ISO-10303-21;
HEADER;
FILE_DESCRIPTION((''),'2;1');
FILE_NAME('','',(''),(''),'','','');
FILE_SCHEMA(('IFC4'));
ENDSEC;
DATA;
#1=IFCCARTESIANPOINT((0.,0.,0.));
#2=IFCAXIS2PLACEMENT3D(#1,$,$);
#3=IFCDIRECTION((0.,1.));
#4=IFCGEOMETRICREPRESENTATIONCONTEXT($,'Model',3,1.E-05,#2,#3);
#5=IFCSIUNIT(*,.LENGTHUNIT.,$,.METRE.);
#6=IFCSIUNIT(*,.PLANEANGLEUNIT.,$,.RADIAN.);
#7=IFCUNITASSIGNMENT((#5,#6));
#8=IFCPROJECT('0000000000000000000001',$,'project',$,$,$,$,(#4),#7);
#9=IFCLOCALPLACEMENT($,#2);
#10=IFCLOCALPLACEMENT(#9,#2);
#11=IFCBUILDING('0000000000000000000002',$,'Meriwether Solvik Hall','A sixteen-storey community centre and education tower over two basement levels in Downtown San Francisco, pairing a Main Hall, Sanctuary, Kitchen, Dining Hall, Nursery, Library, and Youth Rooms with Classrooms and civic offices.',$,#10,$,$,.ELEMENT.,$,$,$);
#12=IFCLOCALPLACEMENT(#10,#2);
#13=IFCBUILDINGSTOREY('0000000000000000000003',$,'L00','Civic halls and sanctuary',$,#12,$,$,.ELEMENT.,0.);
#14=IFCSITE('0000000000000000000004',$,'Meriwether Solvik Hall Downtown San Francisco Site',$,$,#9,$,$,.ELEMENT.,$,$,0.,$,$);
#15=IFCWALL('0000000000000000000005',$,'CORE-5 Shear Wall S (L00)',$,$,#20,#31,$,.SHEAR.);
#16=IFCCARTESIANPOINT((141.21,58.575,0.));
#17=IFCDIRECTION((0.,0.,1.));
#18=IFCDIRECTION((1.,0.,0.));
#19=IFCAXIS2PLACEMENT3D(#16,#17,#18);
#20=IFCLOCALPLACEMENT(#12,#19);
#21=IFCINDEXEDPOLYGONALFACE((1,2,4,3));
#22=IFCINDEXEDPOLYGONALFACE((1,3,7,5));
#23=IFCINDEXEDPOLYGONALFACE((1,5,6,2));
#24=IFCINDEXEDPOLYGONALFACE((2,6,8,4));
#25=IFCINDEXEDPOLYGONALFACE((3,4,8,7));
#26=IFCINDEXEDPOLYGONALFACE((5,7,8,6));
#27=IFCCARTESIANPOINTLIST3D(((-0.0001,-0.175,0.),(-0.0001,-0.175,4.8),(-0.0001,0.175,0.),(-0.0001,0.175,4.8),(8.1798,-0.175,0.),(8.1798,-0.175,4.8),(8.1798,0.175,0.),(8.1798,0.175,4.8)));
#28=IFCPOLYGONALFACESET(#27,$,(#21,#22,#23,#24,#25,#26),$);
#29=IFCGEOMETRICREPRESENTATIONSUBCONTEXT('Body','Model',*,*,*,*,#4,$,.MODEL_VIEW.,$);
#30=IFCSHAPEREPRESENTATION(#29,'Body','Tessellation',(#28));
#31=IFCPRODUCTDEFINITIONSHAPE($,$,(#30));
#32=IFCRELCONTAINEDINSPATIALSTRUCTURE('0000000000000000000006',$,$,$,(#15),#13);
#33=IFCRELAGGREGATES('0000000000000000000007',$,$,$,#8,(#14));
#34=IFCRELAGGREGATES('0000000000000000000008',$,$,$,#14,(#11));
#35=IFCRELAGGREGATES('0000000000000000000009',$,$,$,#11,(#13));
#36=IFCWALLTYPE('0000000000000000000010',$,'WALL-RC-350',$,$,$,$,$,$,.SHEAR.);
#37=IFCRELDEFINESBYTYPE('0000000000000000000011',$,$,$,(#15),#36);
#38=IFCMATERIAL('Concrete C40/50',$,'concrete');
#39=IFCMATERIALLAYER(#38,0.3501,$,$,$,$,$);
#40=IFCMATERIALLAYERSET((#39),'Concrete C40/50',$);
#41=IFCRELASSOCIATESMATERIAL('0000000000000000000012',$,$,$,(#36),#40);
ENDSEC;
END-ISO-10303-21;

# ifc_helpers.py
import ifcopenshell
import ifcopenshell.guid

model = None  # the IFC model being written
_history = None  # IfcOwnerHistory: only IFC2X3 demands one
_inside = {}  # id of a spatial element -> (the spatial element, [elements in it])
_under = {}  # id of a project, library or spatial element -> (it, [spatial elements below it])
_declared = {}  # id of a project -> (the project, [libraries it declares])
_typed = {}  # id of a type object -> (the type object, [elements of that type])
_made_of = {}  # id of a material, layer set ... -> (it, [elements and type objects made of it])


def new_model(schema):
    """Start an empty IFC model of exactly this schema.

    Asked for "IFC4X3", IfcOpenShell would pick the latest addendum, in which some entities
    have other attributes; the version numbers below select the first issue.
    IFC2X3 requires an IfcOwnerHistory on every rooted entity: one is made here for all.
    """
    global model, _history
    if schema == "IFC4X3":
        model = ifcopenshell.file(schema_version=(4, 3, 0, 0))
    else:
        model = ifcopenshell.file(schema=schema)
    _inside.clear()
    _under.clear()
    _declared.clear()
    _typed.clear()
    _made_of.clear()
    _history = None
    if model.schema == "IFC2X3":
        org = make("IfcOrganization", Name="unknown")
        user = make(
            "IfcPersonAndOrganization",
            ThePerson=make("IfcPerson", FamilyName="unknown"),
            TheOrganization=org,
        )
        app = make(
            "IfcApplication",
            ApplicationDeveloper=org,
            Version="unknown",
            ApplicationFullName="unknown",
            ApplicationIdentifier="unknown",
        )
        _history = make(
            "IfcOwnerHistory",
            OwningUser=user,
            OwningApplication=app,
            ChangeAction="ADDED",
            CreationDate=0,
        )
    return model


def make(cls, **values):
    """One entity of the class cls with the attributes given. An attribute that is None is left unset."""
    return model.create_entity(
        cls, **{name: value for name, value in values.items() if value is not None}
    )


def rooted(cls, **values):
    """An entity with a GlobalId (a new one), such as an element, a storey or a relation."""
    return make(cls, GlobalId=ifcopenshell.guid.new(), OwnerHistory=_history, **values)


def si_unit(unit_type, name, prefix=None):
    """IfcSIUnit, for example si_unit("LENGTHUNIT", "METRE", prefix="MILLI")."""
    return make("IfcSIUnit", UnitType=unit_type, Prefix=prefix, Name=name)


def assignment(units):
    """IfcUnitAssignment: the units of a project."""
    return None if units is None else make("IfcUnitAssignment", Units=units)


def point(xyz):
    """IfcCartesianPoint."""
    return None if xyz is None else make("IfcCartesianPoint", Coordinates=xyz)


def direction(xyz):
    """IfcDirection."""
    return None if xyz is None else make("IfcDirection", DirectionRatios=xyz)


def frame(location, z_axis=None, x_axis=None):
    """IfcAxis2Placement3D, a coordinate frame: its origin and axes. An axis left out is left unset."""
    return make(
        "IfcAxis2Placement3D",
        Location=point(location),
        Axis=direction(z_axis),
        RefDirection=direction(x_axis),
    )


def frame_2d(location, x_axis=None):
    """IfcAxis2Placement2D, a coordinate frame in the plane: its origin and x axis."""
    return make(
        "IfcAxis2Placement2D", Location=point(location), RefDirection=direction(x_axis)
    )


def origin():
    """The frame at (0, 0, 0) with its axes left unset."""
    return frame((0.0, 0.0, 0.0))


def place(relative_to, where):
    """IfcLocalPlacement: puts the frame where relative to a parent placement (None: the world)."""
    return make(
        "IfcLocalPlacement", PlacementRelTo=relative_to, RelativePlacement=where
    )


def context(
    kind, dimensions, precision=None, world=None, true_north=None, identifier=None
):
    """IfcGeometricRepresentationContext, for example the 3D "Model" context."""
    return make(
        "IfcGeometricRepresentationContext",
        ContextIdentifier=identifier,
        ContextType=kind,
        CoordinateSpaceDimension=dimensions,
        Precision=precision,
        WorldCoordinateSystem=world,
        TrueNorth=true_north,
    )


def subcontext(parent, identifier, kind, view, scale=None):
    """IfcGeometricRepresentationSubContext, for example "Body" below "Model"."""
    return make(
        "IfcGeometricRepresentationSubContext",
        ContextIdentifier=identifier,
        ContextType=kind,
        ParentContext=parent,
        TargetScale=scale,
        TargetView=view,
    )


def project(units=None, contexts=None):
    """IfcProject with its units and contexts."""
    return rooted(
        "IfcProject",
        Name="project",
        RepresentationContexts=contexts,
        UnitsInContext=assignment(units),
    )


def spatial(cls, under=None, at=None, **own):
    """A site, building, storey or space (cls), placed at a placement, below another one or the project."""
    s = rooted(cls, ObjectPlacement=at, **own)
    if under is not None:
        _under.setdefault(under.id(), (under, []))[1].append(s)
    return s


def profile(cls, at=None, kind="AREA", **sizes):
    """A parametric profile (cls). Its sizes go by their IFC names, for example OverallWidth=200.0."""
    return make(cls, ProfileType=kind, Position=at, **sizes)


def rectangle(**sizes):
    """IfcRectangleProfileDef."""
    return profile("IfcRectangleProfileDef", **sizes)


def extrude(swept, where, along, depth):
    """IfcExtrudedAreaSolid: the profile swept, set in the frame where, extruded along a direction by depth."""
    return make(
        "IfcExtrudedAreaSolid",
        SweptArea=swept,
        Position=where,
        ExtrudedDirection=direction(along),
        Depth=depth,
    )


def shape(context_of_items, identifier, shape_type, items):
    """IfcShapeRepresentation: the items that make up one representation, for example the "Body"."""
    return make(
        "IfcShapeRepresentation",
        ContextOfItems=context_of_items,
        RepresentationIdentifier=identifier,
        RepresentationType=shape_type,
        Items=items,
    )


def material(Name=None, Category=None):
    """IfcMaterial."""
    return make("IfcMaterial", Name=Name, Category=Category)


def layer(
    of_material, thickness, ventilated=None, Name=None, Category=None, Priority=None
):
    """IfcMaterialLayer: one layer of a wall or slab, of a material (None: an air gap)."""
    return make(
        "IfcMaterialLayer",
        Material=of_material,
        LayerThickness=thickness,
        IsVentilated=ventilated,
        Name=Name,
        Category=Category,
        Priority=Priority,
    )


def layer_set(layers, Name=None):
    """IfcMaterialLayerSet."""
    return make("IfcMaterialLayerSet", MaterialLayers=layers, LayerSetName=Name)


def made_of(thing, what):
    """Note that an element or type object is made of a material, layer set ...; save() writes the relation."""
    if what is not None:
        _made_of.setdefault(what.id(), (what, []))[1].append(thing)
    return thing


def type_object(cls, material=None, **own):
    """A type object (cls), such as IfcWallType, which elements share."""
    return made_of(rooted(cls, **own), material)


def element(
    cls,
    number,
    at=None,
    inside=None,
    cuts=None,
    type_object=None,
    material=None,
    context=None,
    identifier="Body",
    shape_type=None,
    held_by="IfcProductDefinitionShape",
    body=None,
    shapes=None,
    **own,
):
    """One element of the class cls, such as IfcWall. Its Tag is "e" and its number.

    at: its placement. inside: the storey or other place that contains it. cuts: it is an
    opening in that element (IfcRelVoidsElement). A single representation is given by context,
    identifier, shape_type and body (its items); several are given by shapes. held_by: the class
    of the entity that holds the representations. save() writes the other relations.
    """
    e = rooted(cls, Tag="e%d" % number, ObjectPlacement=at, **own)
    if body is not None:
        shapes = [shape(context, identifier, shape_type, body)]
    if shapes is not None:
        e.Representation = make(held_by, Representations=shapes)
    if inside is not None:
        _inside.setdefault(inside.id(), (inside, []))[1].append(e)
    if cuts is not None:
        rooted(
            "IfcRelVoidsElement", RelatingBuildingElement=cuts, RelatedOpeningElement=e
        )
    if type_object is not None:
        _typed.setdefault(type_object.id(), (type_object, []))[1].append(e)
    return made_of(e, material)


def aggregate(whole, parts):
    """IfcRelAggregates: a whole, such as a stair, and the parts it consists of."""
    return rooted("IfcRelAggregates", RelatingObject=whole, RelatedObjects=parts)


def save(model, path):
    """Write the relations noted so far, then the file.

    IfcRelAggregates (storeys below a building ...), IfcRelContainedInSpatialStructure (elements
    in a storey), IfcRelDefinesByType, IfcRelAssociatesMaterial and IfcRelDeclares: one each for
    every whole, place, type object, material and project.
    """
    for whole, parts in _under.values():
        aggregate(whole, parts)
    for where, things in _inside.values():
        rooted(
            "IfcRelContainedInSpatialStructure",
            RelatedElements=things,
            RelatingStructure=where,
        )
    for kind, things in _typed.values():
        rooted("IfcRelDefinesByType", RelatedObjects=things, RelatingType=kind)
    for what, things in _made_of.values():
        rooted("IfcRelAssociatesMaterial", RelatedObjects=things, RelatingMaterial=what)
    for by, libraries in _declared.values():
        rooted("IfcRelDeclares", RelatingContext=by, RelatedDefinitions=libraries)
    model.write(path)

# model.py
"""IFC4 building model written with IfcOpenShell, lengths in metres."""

from ifc_helpers import new_model, si_unit, direction, frame, frame_2d, origin, place, context, subcontext, project, spatial, rectangle, extrude, material, layer, layer_set, type_object, element, save


model = new_model("IFC4")

# Units and contexts
model_context = context("Model", 3, precision=1e-05, world=origin(), true_north=direction((0.0, 1.0)))
body_context = subcontext(model_context, "Body", "Model", "MODEL_VIEW")
ifc_project = project(units=[si_unit("LENGTHUNIT", "METRE"), si_unit("PLANEANGLEUNIT", "RADIAN")], contexts=[model_context])

# Site, building, storey
site_placement = place(None, origin())
site = spatial("IfcSite", under=ifc_project, at=site_placement, Name="Meriwether Solvik Hall Downtown San Francisco Site", CompositionType="ELEMENT", RefElevation=0.0)
building_placement = place(site_placement, origin())
building = spatial("IfcBuilding", under=site, at=building_placement, Name="Meriwether Solvik Hall", Description="A sixteen-storey community centre and education tower over two basement levels in Downtown San Francisco, pairing a Main Hall, Sanctuary, Kitchen, Dining Hall, Nursery, Library, and Youth Rooms with Classrooms and civic offices.", CompositionType="ELEMENT")
storey_placement = place(building_placement, origin())
storey = spatial("IfcBuildingStorey", under=building, at=storey_placement, Name="L00", Description="Civic halls and sanctuary", CompositionType="ELEMENT", Elevation=0.0)

# Shared definitions
ifc_material_1 = material(Name="Concrete C40/50", Category="concrete")
ifc_layer_1 = layer(ifc_material_1, 0.3501)
ifc_layer_set_1 = layer_set([ifc_layer_1], Name="Concrete C40/50")
wall_type_1 = type_object("IfcWallType", Name="WALL-RC-350", PredefinedType="SHEAR", material=ifc_layer_set_1)

# Wall
wall_1_placement = place(storey_placement, frame((141.21, 58.575, 0.0), z_axis=(0.0, 0.0, 1.0), x_axis=(1.0, 0.0, 0.0)))
element("IfcWall", 1, at=wall_1_placement, inside=storey, type_object=wall_type_1, Name="CORE-5 Shear Wall S (L00)", PredefinedType="SHEAR", context=body_context, shape_type="SweptSolid", body=[
    extrude(rectangle(XDim=8.1799, YDim=0.3501, at=frame_2d((4.0898, 0.0))), origin(), (0.0, 0.0, 1.0), 4.8),
])

save(model, "model.ifc")
